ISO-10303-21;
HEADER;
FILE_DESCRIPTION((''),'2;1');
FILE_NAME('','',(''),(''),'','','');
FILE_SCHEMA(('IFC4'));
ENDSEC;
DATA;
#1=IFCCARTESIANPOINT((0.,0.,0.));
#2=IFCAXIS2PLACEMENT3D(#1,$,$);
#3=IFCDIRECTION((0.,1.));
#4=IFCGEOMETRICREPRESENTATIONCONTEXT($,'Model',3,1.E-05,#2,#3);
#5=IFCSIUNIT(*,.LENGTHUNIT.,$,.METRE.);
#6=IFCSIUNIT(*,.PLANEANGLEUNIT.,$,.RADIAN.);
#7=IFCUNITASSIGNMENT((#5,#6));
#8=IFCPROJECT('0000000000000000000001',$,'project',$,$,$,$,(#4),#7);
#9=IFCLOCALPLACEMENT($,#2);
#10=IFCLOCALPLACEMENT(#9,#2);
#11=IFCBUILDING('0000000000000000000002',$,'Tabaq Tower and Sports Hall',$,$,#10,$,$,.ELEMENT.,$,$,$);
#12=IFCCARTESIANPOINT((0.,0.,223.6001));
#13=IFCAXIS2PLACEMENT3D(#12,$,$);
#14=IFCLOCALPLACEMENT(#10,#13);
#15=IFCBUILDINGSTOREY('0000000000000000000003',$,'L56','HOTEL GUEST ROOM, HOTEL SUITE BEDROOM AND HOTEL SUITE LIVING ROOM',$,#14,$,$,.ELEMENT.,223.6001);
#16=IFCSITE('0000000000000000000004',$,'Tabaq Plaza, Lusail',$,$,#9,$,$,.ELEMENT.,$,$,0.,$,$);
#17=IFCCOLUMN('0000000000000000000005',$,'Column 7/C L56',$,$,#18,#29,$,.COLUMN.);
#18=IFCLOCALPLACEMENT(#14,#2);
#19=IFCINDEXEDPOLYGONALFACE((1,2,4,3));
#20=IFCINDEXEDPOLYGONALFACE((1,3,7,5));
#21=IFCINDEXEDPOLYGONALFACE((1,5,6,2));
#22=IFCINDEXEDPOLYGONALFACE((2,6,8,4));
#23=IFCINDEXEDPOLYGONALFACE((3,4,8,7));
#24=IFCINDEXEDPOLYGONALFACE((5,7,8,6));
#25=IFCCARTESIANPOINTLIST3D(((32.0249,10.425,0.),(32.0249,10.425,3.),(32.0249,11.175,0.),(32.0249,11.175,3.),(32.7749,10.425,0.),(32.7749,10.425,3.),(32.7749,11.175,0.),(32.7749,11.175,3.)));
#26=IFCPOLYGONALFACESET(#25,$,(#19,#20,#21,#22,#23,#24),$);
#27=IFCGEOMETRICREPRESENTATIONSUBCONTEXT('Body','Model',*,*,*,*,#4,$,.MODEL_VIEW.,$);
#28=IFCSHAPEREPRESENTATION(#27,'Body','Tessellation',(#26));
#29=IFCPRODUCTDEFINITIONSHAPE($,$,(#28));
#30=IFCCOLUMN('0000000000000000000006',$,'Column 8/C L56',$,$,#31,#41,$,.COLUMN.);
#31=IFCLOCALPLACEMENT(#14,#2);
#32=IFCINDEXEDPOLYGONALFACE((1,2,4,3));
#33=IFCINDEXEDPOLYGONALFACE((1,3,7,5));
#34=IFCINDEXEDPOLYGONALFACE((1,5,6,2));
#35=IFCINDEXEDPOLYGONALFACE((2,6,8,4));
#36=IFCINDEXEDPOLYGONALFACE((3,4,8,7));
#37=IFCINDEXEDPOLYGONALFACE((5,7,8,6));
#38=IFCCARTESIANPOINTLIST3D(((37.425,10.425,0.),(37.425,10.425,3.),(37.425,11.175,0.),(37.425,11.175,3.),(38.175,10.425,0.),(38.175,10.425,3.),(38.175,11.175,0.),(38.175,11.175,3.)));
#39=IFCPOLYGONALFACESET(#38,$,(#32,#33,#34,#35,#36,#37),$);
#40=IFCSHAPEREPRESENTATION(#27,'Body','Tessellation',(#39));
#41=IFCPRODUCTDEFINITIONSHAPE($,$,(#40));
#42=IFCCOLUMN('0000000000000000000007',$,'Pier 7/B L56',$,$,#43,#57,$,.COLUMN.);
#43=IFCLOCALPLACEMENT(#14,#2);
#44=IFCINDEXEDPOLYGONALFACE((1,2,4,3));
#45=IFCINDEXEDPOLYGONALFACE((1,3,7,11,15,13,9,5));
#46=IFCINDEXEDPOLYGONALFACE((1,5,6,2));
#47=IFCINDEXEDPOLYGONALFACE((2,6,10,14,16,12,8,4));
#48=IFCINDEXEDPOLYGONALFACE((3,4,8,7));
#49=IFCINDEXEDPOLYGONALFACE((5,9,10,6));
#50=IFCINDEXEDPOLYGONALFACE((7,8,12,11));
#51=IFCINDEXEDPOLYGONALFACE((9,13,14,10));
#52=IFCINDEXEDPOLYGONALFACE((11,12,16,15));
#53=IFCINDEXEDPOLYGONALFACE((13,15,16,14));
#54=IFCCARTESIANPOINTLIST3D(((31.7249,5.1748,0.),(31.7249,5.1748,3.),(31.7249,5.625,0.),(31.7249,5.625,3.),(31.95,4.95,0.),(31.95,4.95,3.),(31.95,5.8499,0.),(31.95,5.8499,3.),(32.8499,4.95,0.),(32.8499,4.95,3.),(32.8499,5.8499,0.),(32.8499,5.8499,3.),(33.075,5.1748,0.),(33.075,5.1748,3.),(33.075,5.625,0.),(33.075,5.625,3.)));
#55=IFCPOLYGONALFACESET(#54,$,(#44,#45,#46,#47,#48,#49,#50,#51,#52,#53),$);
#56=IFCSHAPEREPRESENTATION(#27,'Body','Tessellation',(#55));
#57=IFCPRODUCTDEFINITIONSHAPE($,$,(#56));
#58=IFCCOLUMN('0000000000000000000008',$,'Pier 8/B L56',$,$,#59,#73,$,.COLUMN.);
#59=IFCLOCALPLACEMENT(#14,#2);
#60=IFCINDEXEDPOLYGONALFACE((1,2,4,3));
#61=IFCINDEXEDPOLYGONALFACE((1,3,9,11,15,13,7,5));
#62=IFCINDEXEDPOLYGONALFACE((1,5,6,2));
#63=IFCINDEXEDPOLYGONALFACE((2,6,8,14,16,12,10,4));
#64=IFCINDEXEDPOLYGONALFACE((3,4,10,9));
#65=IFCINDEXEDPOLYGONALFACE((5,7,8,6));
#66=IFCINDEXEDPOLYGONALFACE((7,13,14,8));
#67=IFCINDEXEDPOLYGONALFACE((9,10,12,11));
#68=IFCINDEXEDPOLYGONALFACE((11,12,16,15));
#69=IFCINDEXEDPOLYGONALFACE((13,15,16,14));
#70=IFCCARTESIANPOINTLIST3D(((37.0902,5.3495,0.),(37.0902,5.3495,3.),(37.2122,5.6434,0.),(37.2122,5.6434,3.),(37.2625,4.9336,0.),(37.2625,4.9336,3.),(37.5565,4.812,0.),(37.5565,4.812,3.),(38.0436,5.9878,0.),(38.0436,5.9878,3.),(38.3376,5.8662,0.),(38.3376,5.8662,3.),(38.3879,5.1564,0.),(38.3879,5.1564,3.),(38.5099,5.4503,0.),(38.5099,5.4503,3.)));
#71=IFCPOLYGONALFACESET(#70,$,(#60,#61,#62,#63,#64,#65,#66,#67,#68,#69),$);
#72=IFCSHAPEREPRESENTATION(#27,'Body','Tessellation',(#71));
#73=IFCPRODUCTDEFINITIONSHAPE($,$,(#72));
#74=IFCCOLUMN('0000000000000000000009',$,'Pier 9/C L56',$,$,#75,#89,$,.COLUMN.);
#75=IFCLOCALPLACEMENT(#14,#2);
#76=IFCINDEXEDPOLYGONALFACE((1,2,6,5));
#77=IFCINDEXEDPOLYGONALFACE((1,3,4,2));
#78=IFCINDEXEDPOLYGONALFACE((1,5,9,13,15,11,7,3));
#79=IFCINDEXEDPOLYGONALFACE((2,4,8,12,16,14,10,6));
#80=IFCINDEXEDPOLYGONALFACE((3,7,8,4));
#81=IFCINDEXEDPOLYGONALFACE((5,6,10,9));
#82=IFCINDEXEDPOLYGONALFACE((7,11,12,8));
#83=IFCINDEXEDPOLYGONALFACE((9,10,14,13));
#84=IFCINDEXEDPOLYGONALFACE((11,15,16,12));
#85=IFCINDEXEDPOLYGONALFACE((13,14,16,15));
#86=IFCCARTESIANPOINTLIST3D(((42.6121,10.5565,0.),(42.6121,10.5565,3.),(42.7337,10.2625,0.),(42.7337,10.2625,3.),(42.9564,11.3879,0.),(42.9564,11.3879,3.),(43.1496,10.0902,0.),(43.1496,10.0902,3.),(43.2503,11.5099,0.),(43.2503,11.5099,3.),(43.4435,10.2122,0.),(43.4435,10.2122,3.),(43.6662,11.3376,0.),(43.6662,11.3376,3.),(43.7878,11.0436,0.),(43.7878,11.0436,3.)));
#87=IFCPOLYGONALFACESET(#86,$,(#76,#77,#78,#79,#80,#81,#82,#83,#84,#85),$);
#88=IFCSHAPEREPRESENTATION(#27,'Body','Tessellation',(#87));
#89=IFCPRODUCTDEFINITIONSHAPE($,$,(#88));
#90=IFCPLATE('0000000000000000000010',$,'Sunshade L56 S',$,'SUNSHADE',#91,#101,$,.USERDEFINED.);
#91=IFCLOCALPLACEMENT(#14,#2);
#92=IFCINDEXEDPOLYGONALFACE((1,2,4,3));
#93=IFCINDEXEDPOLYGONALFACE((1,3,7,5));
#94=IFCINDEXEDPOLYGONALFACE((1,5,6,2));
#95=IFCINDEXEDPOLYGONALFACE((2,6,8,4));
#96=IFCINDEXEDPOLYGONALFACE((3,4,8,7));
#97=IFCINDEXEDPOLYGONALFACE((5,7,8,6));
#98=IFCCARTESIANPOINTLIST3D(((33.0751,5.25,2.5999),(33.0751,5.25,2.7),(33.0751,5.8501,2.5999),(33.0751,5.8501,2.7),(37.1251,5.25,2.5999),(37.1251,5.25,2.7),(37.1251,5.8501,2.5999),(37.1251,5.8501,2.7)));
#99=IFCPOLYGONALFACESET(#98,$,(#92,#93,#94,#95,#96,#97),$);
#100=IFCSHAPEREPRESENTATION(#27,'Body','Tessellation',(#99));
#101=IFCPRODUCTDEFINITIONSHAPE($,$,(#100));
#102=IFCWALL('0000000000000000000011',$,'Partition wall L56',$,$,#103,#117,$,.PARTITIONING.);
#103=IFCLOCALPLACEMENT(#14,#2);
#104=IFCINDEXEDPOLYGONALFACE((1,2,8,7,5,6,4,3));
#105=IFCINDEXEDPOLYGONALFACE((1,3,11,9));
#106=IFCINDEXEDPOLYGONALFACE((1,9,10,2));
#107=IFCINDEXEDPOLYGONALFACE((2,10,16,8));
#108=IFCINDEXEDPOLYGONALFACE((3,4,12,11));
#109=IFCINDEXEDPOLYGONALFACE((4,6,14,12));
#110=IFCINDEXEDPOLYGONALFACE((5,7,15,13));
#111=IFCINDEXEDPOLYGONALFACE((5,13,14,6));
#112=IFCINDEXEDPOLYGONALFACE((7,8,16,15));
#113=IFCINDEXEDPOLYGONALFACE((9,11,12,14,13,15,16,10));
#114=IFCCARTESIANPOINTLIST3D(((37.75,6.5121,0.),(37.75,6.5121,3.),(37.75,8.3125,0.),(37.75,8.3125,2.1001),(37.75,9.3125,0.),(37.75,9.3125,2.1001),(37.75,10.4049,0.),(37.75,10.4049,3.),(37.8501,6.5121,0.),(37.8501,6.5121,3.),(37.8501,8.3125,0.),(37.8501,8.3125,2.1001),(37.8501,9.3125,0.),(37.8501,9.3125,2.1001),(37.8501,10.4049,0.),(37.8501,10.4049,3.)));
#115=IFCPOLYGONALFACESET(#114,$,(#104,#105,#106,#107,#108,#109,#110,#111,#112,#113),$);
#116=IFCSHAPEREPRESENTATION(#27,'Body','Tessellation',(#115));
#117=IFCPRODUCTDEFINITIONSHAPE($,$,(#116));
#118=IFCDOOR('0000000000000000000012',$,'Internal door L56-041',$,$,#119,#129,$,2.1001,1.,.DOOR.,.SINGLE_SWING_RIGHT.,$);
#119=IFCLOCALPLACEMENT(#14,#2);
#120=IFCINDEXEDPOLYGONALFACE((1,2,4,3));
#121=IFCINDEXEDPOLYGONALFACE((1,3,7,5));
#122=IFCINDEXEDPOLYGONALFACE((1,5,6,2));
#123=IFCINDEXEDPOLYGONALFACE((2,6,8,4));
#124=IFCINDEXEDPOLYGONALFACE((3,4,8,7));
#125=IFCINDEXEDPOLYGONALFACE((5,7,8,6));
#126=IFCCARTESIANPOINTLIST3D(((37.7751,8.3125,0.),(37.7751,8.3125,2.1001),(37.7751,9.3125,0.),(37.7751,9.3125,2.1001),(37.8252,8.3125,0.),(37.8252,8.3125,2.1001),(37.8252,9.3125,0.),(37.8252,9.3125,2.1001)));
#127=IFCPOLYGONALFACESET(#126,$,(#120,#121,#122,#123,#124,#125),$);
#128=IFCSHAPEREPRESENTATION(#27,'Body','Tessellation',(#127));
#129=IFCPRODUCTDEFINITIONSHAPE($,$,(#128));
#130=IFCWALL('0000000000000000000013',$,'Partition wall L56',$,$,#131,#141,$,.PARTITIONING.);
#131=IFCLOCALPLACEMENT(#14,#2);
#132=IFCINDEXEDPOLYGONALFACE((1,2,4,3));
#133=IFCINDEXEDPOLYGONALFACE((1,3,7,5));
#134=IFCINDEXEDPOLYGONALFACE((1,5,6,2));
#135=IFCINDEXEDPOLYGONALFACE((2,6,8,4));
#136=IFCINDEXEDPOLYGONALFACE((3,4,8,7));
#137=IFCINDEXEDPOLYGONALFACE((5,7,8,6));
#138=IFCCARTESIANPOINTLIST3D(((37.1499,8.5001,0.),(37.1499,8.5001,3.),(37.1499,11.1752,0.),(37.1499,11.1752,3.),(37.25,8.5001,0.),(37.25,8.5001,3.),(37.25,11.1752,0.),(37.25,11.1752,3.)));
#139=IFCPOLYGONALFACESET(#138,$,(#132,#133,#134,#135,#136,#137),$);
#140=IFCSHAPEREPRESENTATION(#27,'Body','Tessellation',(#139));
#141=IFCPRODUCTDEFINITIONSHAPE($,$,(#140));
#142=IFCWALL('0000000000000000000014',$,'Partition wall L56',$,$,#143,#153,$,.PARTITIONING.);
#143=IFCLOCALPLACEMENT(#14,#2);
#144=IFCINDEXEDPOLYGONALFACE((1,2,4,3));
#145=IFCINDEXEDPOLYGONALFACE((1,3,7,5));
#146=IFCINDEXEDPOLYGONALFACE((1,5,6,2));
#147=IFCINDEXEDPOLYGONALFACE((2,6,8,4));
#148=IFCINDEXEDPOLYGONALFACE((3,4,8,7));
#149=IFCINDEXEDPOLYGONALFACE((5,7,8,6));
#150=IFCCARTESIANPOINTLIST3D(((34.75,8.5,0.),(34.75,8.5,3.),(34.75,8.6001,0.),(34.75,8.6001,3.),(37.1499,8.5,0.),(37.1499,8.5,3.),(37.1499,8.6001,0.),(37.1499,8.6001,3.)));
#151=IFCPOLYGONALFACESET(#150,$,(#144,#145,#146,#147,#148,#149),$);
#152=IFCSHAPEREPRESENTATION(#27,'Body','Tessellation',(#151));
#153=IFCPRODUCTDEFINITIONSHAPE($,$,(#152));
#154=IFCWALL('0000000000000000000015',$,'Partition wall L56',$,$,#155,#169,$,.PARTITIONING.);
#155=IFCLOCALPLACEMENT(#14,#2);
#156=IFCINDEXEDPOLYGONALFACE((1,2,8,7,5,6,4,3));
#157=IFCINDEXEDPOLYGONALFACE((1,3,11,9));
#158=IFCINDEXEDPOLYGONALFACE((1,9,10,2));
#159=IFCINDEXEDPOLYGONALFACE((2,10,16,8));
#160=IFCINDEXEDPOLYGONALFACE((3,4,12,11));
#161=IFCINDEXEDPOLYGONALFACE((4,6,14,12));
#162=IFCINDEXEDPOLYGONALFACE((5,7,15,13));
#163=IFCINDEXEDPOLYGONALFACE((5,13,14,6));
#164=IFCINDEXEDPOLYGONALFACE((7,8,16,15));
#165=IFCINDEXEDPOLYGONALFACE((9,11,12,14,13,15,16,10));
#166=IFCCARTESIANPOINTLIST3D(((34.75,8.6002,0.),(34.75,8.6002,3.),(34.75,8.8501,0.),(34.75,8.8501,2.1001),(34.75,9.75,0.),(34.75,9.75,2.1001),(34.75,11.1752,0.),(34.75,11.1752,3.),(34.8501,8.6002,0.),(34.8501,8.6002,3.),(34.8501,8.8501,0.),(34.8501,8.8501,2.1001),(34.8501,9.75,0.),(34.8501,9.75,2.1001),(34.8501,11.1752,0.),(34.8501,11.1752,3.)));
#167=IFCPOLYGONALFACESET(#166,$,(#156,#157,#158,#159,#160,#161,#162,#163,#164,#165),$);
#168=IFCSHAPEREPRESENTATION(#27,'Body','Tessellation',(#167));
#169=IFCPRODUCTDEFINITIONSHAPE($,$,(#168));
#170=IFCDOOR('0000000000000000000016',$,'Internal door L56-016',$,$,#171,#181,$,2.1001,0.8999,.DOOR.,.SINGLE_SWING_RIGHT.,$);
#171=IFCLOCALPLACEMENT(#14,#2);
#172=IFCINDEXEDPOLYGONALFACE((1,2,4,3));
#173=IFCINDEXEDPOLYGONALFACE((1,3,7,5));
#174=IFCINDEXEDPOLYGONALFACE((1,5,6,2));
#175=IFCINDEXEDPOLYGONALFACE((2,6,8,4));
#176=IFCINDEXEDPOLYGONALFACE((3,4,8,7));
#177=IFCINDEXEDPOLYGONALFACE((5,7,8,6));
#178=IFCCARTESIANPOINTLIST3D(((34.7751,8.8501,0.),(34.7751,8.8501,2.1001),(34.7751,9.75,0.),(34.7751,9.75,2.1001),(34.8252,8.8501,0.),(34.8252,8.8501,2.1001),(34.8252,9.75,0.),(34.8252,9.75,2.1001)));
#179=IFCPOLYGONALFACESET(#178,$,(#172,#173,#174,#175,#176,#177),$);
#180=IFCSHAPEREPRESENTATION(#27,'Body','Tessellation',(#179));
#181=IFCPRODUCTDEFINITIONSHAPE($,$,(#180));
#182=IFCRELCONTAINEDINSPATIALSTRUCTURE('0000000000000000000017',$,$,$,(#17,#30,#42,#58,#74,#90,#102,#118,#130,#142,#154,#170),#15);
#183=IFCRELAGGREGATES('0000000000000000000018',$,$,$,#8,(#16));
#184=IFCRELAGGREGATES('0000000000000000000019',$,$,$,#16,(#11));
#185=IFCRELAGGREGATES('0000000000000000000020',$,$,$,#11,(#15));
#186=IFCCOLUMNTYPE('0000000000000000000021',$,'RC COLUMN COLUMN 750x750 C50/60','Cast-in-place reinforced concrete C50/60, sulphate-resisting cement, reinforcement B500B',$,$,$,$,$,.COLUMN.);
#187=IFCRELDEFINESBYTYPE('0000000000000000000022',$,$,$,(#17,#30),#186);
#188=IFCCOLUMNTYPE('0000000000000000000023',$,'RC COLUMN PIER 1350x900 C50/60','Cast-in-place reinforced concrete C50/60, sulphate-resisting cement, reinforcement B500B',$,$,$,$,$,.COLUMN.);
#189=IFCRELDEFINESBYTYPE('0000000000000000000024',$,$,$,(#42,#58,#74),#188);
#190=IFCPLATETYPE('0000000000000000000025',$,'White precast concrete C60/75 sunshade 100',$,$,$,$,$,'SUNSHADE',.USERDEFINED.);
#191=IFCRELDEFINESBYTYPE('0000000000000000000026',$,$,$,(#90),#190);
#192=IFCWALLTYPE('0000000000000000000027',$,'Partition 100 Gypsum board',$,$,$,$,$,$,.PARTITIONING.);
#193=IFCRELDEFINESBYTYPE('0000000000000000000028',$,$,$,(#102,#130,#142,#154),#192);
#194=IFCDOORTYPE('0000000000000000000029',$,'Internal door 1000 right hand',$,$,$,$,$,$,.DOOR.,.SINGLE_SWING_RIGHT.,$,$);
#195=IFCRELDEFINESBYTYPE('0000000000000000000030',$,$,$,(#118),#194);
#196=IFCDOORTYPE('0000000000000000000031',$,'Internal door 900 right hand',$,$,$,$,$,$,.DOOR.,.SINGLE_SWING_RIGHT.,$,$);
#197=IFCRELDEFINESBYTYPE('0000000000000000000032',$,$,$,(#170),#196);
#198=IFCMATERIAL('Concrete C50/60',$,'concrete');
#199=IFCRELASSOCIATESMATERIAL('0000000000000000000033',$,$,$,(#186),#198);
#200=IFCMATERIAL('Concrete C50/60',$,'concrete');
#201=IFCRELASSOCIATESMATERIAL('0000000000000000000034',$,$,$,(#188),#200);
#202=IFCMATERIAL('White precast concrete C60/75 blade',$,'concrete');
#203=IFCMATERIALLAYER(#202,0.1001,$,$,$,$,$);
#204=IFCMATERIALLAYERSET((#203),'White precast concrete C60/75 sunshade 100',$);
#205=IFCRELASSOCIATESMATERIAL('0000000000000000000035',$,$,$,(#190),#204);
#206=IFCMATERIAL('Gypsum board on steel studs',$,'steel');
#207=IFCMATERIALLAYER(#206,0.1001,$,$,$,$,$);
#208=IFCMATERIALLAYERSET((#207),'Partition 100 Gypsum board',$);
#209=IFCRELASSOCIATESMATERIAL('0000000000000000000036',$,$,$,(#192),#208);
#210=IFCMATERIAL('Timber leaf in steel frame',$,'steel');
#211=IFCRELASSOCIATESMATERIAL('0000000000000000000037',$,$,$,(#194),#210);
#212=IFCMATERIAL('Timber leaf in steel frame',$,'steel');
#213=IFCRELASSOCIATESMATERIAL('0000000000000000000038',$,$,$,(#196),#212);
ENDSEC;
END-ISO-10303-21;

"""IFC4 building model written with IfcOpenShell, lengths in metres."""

from ifc_helpers import new_model, si_unit, direction, frame, frame_2d, origin, origin_2d, place, context, subcontext, project, spatial, polyline, rectangle, outline, extrude, material, layer, layer_set, material_profile, profile_set, type_object, element, fill, save


model = new_model("IFC4")

# Units and contexts
model_context = context("Model", 3, precision=1e-05, world=origin(), true_north=direction((0.0, 1.0)))
body_context = subcontext(model_context, "Body", "Model", "MODEL_VIEW")
ifc_project = project(units=[si_unit("LENGTHUNIT", "METRE"), si_unit("PLANEANGLEUNIT", "RADIAN")], contexts=[model_context])

# Site, building, storey
site_placement = place(None, origin())
site = spatial("IfcSite", under=ifc_project, at=site_placement, Name="Tabaq Plaza, Lusail", CompositionType="ELEMENT", RefElevation=0.0)
building_placement = place(site_placement, origin())
building = spatial("IfcBuilding", under=site, at=building_placement, Name="Tabaq Tower and Sports Hall", CompositionType="ELEMENT")
storey_placement = place(building_placement, frame((0.0, 0.0, 223.6001)))
storey = spatial("IfcBuildingStorey", under=building, at=storey_placement, Name="L56", Description="HOTEL GUEST ROOM, HOTEL SUITE BEDROOM AND HOTEL SUITE LIVING ROOM", CompositionType="ELEMENT", Elevation=223.6001)

# Columns
ifc_material_1 = material(Name="Concrete C50/60", Category="concrete")
ifc_material_profile_1 = material_profile(ifc_material_1, rectangle(XDim=0.75, YDim=0.75, at=origin_2d()), Name="COLUMN 750x750")
ifc_profile_set_1 = profile_set([ifc_material_profile_1], Name="Concrete C50/60")
column_type_1 = type_object("IfcColumnType", Name="RC COLUMN COLUMN 750x750 C50/60", Description="Cast-in-place reinforced concrete C50/60, sulphate-resisting cement, reinforcement B500B", PredefinedType="COLUMN", material=ifc_profile_set_1)
for number, where, z_axis, x_axis, name in (
    (1, (32.3999, 10.8, 0.0), (0.0, 0.0, 1.0), (1.0, 0.0, 0.0), "Column 7/C L56"),
    (2, (37.8, 10.8, 0.0), (0.0, 0.0, 1.0), (1.0, 0.0, 0.0), "Column 8/C L56"),
):
    element("IfcColumn", number, at=place(storey_placement, frame(where, z_axis=z_axis, x_axis=x_axis)), inside=storey, type_object=column_type_1, Name=name, PredefinedType="COLUMN", context=body_context, shape_type="SweptSolid", body=[
        extrude(rectangle(XDim=0.75, YDim=0.75, at=origin_2d()), origin(), (0.0, 0.0, 1.0), 3.0),
    ])
ifc_material_2 = material(Name="Concrete C50/60", Category="concrete")
ifc_material_profile_2 = material_profile(ifc_material_2, outline(polyline([(-0.45, -0.45), (0.45, -0.45), (0.675, -0.2251), (0.675, 0.2251), (0.45, 0.45), (-0.45, 0.45), (-0.675, 0.2251), (-0.675, -0.2251), (-0.45, -0.45)])), Name="PIER 1350x900")
ifc_profile_set_2 = profile_set([ifc_material_profile_2], Name="Concrete C50/60")
column_type_2 = type_object("IfcColumnType", Name="RC COLUMN PIER 1350x900 C50/60", Description="Cast-in-place reinforced concrete C50/60, sulphate-resisting cement, reinforcement B500B", PredefinedType="COLUMN", material=ifc_profile_set_2)
for number, where, z_axis, x_axis, name in (
    (3, (32.3999, 5.3999, 0.0), (0.0, 0.0, 1.0), (1.0, 0.0, 0.0), "Pier 7/B L56"),
    (4, (37.8, 5.3999, 0.0), (0.0, 0.0, 1.0), (0.92388, 0.382683, 0.0), "Pier 8/B L56"),
    (5, (43.2, 10.8, 0.0), (0.0, 0.0, 1.0), (0.382683, 0.92388, 0.0), "Pier 9/C L56"),
):
    element("IfcColumn", number, at=place(storey_placement, frame(where, z_axis=z_axis, x_axis=x_axis)), inside=storey, type_object=column_type_2, Name=name, PredefinedType="COLUMN", context=body_context, shape_type="SweptSolid", body=[
        extrude(outline(polyline([(-0.45, -0.45), (0.45, -0.45), (0.675, -0.2251), (0.675, 0.2251), (0.45, 0.45), (-0.45, 0.45), (-0.675, 0.2251), (-0.675, -0.2251), (-0.45, -0.45)])), origin(), (0.0, 0.0, 1.0), 3.0),
    ])

# Plate
ifc_material_3 = material(Name="White precast concrete C60/75 blade", Category="concrete")
ifc_layer_1 = layer(ifc_material_3, 0.1001)
ifc_layer_set_1 = layer_set([ifc_layer_1], Name="White precast concrete C60/75 sunshade 100")
plate_type = type_object("IfcPlateType", Name="White precast concrete C60/75 sunshade 100", ElementType="SUNSHADE", PredefinedType="USERDEFINED", material=ifc_layer_set_1)
plate_placement = place(storey_placement, frame((35.1001, 5.55, 2.5999), z_axis=(0.0, 0.0, 1.0), x_axis=(1.0, 0.0, 0.0)))
element("IfcPlate", 6, at=plate_placement, inside=storey, type_object=plate_type, Name="Sunshade L56 S", ObjectType="SUNSHADE", PredefinedType="USERDEFINED", context=body_context, shape_type="SweptSolid", body=[
    extrude(rectangle(XDim=4.05, YDim=0.6001, at=origin_2d()), origin(), (0.0, 0.0, 1.0), 0.1001),
])

# Wall, opening, door
ifc_material_4 = material(Name="Gypsum board on steel studs", Category="steel")
ifc_layer_2 = layer(ifc_material_4, 0.1001)
ifc_layer_set_2 = layer_set([ifc_layer_2], Name="Partition 100 Gypsum board")
wall_type_1 = type_object("IfcWallType", Name="Partition 100 Gypsum board", PredefinedType="PARTITIONING", material=ifc_layer_set_2)
wall_1_placement = place(storey_placement, frame((37.8, 6.5122, 0.0), z_axis=(0.0, 0.0, 1.0), x_axis=(0.0, 1.0, 0.0)))
wall_1 = element("IfcWall", 7, at=wall_1_placement, inside=storey, type_object=wall_type_1, Name="Partition wall L56", PredefinedType="PARTITIONING", context=body_context, shape_type="SweptSolid", body=[
    extrude(rectangle(XDim=3.8928, YDim=0.1001, at=frame_2d((1.9463, 0.0))), origin(), (0.0, 0.0, 1.0), 3.0),
])
opening_1_placement = place(wall_1_placement, frame((1.8003, 0.0, 0.0)))
opening_1 = element("IfcOpeningElement", 8, at=opening_1_placement, cuts=wall_1, PredefinedType="OPENING", context=body_context, shape_type="SweptSolid", body=[
    extrude(rectangle(XDim=1.0, YDim=2.1001, at=frame_2d((0.5, 1.05))), frame((0.0, 0.05, 0.0), z_axis=(0.0, -1.0, 0.0), x_axis=(1.0, 0.0, 0.0)), (0.0, 0.0, 1.0), 0.1001),
])
ifc_material_5 = material(Name="Timber leaf in steel frame", Category="steel")
door_type_1 = type_object("IfcDoorType", Name="Internal door 1000 right hand", OperationType="SINGLE_SWING_RIGHT", PredefinedType="DOOR", material=ifc_material_5)
door_1_placement = place(opening_1_placement, origin())
door_1 = element("IfcDoor", 9, at=door_1_placement, inside=storey, type_object=door_type_1, Name="Internal door L56-041", OperationType="SINGLE_SWING_RIGHT", OverallHeight=2.1001, OverallWidth=1.0, PredefinedType="DOOR", context=body_context, shape_type="SweptSolid", body=[
    extrude(rectangle(XDim=1.0, YDim=2.1001, at=frame_2d((0.5, 1.05))), frame((0.0, 0.0249, 0.0), z_axis=(0.0, -1.0, 0.0), x_axis=(1.0, 0.0, 0.0)), (0.0, 0.0, 1.0), 0.05),
])
fill(opening_1, door_1)

# Walls
wall_2_placement = place(storey_placement, frame((37.2, 11.175, 0.0), z_axis=(0.0, 0.0, 1.0), x_axis=(0.0, -1.0, 0.0)))
element("IfcWall", 10, at=wall_2_placement, inside=storey, type_object=wall_type_1, Name="Partition wall L56", PredefinedType="PARTITIONING", context=body_context, shape_type="SweptSolid", body=[
    extrude(rectangle(XDim=2.675, YDim=0.1001, at=frame_2d((1.3374, 0.0))), origin(), (0.0, 0.0, 1.0), 3.0),
])
wall_3_placement = place(storey_placement, frame((37.1499, 8.55, 0.0), z_axis=(0.0, 0.0, 1.0), x_axis=(-1.0, 0.0, 0.0)))
element("IfcWall", 11, at=wall_3_placement, inside=storey, type_object=wall_type_1, Name="Partition wall L56", PredefinedType="PARTITIONING", context=body_context, shape_type="SweptSolid", body=[
    extrude(rectangle(XDim=2.3999, YDim=0.1001, at=frame_2d((1.2, 0.0))), origin(), (0.0, 0.0, 1.0), 3.0),
])

# Wall, opening, door
wall_4_placement = place(storey_placement, frame((34.8, 8.6001, 0.0), z_axis=(0.0, 0.0, 1.0), x_axis=(0.0, 1.0, 0.0)))
wall_4 = element("IfcWall", 12, at=wall_4_placement, inside=storey, type_object=wall_type_1, Name="Partition wall L56", PredefinedType="PARTITIONING", context=body_context, shape_type="SweptSolid", body=[
    extrude(rectangle(XDim=2.575, YDim=0.1001, at=frame_2d((1.2876, 0.0))), origin(), (0.0, 0.0, 1.0), 3.0),
])
opening_2_placement = place(wall_4_placement, frame((0.25, 0.0, 0.0)))
opening_2 = element("IfcOpeningElement", 13, at=opening_2_placement, cuts=wall_4, PredefinedType="OPENING", context=body_context, shape_type="SweptSolid", body=[
    extrude(rectangle(XDim=0.8999, YDim=2.1001, at=frame_2d((0.45, 1.05))), frame((0.0, 0.05, 0.0), z_axis=(0.0, -1.0, 0.0), x_axis=(1.0, 0.0, 0.0)), (0.0, 0.0, 1.0), 0.1001),
])
ifc_material_6 = material(Name="Timber leaf in steel frame", Category="steel")
door_type_2 = type_object("IfcDoorType", Name="Internal door 900 right hand", OperationType="SINGLE_SWING_RIGHT", PredefinedType="DOOR", material=ifc_material_6)
door_2_placement = place(opening_2_placement, origin())
door_2 = element("IfcDoor", 14, at=door_2_placement, inside=storey, type_object=door_type_2, Name="Internal door L56-016", OperationType="SINGLE_SWING_RIGHT", OverallHeight=2.1001, OverallWidth=0.8999, PredefinedType="DOOR", context=body_context, shape_type="SweptSolid", body=[
    extrude(rectangle(XDim=0.8999, YDim=2.1001, at=frame_2d((0.45, 1.05))), frame((0.0, 0.0249, 0.0), z_axis=(0.0, -1.0, 0.0), x_axis=(1.0, 0.0, 0.0)), (0.0, 0.0, 1.0), 0.05),
])
fill(opening_2, door_2)

save(model, "model.ifc")
